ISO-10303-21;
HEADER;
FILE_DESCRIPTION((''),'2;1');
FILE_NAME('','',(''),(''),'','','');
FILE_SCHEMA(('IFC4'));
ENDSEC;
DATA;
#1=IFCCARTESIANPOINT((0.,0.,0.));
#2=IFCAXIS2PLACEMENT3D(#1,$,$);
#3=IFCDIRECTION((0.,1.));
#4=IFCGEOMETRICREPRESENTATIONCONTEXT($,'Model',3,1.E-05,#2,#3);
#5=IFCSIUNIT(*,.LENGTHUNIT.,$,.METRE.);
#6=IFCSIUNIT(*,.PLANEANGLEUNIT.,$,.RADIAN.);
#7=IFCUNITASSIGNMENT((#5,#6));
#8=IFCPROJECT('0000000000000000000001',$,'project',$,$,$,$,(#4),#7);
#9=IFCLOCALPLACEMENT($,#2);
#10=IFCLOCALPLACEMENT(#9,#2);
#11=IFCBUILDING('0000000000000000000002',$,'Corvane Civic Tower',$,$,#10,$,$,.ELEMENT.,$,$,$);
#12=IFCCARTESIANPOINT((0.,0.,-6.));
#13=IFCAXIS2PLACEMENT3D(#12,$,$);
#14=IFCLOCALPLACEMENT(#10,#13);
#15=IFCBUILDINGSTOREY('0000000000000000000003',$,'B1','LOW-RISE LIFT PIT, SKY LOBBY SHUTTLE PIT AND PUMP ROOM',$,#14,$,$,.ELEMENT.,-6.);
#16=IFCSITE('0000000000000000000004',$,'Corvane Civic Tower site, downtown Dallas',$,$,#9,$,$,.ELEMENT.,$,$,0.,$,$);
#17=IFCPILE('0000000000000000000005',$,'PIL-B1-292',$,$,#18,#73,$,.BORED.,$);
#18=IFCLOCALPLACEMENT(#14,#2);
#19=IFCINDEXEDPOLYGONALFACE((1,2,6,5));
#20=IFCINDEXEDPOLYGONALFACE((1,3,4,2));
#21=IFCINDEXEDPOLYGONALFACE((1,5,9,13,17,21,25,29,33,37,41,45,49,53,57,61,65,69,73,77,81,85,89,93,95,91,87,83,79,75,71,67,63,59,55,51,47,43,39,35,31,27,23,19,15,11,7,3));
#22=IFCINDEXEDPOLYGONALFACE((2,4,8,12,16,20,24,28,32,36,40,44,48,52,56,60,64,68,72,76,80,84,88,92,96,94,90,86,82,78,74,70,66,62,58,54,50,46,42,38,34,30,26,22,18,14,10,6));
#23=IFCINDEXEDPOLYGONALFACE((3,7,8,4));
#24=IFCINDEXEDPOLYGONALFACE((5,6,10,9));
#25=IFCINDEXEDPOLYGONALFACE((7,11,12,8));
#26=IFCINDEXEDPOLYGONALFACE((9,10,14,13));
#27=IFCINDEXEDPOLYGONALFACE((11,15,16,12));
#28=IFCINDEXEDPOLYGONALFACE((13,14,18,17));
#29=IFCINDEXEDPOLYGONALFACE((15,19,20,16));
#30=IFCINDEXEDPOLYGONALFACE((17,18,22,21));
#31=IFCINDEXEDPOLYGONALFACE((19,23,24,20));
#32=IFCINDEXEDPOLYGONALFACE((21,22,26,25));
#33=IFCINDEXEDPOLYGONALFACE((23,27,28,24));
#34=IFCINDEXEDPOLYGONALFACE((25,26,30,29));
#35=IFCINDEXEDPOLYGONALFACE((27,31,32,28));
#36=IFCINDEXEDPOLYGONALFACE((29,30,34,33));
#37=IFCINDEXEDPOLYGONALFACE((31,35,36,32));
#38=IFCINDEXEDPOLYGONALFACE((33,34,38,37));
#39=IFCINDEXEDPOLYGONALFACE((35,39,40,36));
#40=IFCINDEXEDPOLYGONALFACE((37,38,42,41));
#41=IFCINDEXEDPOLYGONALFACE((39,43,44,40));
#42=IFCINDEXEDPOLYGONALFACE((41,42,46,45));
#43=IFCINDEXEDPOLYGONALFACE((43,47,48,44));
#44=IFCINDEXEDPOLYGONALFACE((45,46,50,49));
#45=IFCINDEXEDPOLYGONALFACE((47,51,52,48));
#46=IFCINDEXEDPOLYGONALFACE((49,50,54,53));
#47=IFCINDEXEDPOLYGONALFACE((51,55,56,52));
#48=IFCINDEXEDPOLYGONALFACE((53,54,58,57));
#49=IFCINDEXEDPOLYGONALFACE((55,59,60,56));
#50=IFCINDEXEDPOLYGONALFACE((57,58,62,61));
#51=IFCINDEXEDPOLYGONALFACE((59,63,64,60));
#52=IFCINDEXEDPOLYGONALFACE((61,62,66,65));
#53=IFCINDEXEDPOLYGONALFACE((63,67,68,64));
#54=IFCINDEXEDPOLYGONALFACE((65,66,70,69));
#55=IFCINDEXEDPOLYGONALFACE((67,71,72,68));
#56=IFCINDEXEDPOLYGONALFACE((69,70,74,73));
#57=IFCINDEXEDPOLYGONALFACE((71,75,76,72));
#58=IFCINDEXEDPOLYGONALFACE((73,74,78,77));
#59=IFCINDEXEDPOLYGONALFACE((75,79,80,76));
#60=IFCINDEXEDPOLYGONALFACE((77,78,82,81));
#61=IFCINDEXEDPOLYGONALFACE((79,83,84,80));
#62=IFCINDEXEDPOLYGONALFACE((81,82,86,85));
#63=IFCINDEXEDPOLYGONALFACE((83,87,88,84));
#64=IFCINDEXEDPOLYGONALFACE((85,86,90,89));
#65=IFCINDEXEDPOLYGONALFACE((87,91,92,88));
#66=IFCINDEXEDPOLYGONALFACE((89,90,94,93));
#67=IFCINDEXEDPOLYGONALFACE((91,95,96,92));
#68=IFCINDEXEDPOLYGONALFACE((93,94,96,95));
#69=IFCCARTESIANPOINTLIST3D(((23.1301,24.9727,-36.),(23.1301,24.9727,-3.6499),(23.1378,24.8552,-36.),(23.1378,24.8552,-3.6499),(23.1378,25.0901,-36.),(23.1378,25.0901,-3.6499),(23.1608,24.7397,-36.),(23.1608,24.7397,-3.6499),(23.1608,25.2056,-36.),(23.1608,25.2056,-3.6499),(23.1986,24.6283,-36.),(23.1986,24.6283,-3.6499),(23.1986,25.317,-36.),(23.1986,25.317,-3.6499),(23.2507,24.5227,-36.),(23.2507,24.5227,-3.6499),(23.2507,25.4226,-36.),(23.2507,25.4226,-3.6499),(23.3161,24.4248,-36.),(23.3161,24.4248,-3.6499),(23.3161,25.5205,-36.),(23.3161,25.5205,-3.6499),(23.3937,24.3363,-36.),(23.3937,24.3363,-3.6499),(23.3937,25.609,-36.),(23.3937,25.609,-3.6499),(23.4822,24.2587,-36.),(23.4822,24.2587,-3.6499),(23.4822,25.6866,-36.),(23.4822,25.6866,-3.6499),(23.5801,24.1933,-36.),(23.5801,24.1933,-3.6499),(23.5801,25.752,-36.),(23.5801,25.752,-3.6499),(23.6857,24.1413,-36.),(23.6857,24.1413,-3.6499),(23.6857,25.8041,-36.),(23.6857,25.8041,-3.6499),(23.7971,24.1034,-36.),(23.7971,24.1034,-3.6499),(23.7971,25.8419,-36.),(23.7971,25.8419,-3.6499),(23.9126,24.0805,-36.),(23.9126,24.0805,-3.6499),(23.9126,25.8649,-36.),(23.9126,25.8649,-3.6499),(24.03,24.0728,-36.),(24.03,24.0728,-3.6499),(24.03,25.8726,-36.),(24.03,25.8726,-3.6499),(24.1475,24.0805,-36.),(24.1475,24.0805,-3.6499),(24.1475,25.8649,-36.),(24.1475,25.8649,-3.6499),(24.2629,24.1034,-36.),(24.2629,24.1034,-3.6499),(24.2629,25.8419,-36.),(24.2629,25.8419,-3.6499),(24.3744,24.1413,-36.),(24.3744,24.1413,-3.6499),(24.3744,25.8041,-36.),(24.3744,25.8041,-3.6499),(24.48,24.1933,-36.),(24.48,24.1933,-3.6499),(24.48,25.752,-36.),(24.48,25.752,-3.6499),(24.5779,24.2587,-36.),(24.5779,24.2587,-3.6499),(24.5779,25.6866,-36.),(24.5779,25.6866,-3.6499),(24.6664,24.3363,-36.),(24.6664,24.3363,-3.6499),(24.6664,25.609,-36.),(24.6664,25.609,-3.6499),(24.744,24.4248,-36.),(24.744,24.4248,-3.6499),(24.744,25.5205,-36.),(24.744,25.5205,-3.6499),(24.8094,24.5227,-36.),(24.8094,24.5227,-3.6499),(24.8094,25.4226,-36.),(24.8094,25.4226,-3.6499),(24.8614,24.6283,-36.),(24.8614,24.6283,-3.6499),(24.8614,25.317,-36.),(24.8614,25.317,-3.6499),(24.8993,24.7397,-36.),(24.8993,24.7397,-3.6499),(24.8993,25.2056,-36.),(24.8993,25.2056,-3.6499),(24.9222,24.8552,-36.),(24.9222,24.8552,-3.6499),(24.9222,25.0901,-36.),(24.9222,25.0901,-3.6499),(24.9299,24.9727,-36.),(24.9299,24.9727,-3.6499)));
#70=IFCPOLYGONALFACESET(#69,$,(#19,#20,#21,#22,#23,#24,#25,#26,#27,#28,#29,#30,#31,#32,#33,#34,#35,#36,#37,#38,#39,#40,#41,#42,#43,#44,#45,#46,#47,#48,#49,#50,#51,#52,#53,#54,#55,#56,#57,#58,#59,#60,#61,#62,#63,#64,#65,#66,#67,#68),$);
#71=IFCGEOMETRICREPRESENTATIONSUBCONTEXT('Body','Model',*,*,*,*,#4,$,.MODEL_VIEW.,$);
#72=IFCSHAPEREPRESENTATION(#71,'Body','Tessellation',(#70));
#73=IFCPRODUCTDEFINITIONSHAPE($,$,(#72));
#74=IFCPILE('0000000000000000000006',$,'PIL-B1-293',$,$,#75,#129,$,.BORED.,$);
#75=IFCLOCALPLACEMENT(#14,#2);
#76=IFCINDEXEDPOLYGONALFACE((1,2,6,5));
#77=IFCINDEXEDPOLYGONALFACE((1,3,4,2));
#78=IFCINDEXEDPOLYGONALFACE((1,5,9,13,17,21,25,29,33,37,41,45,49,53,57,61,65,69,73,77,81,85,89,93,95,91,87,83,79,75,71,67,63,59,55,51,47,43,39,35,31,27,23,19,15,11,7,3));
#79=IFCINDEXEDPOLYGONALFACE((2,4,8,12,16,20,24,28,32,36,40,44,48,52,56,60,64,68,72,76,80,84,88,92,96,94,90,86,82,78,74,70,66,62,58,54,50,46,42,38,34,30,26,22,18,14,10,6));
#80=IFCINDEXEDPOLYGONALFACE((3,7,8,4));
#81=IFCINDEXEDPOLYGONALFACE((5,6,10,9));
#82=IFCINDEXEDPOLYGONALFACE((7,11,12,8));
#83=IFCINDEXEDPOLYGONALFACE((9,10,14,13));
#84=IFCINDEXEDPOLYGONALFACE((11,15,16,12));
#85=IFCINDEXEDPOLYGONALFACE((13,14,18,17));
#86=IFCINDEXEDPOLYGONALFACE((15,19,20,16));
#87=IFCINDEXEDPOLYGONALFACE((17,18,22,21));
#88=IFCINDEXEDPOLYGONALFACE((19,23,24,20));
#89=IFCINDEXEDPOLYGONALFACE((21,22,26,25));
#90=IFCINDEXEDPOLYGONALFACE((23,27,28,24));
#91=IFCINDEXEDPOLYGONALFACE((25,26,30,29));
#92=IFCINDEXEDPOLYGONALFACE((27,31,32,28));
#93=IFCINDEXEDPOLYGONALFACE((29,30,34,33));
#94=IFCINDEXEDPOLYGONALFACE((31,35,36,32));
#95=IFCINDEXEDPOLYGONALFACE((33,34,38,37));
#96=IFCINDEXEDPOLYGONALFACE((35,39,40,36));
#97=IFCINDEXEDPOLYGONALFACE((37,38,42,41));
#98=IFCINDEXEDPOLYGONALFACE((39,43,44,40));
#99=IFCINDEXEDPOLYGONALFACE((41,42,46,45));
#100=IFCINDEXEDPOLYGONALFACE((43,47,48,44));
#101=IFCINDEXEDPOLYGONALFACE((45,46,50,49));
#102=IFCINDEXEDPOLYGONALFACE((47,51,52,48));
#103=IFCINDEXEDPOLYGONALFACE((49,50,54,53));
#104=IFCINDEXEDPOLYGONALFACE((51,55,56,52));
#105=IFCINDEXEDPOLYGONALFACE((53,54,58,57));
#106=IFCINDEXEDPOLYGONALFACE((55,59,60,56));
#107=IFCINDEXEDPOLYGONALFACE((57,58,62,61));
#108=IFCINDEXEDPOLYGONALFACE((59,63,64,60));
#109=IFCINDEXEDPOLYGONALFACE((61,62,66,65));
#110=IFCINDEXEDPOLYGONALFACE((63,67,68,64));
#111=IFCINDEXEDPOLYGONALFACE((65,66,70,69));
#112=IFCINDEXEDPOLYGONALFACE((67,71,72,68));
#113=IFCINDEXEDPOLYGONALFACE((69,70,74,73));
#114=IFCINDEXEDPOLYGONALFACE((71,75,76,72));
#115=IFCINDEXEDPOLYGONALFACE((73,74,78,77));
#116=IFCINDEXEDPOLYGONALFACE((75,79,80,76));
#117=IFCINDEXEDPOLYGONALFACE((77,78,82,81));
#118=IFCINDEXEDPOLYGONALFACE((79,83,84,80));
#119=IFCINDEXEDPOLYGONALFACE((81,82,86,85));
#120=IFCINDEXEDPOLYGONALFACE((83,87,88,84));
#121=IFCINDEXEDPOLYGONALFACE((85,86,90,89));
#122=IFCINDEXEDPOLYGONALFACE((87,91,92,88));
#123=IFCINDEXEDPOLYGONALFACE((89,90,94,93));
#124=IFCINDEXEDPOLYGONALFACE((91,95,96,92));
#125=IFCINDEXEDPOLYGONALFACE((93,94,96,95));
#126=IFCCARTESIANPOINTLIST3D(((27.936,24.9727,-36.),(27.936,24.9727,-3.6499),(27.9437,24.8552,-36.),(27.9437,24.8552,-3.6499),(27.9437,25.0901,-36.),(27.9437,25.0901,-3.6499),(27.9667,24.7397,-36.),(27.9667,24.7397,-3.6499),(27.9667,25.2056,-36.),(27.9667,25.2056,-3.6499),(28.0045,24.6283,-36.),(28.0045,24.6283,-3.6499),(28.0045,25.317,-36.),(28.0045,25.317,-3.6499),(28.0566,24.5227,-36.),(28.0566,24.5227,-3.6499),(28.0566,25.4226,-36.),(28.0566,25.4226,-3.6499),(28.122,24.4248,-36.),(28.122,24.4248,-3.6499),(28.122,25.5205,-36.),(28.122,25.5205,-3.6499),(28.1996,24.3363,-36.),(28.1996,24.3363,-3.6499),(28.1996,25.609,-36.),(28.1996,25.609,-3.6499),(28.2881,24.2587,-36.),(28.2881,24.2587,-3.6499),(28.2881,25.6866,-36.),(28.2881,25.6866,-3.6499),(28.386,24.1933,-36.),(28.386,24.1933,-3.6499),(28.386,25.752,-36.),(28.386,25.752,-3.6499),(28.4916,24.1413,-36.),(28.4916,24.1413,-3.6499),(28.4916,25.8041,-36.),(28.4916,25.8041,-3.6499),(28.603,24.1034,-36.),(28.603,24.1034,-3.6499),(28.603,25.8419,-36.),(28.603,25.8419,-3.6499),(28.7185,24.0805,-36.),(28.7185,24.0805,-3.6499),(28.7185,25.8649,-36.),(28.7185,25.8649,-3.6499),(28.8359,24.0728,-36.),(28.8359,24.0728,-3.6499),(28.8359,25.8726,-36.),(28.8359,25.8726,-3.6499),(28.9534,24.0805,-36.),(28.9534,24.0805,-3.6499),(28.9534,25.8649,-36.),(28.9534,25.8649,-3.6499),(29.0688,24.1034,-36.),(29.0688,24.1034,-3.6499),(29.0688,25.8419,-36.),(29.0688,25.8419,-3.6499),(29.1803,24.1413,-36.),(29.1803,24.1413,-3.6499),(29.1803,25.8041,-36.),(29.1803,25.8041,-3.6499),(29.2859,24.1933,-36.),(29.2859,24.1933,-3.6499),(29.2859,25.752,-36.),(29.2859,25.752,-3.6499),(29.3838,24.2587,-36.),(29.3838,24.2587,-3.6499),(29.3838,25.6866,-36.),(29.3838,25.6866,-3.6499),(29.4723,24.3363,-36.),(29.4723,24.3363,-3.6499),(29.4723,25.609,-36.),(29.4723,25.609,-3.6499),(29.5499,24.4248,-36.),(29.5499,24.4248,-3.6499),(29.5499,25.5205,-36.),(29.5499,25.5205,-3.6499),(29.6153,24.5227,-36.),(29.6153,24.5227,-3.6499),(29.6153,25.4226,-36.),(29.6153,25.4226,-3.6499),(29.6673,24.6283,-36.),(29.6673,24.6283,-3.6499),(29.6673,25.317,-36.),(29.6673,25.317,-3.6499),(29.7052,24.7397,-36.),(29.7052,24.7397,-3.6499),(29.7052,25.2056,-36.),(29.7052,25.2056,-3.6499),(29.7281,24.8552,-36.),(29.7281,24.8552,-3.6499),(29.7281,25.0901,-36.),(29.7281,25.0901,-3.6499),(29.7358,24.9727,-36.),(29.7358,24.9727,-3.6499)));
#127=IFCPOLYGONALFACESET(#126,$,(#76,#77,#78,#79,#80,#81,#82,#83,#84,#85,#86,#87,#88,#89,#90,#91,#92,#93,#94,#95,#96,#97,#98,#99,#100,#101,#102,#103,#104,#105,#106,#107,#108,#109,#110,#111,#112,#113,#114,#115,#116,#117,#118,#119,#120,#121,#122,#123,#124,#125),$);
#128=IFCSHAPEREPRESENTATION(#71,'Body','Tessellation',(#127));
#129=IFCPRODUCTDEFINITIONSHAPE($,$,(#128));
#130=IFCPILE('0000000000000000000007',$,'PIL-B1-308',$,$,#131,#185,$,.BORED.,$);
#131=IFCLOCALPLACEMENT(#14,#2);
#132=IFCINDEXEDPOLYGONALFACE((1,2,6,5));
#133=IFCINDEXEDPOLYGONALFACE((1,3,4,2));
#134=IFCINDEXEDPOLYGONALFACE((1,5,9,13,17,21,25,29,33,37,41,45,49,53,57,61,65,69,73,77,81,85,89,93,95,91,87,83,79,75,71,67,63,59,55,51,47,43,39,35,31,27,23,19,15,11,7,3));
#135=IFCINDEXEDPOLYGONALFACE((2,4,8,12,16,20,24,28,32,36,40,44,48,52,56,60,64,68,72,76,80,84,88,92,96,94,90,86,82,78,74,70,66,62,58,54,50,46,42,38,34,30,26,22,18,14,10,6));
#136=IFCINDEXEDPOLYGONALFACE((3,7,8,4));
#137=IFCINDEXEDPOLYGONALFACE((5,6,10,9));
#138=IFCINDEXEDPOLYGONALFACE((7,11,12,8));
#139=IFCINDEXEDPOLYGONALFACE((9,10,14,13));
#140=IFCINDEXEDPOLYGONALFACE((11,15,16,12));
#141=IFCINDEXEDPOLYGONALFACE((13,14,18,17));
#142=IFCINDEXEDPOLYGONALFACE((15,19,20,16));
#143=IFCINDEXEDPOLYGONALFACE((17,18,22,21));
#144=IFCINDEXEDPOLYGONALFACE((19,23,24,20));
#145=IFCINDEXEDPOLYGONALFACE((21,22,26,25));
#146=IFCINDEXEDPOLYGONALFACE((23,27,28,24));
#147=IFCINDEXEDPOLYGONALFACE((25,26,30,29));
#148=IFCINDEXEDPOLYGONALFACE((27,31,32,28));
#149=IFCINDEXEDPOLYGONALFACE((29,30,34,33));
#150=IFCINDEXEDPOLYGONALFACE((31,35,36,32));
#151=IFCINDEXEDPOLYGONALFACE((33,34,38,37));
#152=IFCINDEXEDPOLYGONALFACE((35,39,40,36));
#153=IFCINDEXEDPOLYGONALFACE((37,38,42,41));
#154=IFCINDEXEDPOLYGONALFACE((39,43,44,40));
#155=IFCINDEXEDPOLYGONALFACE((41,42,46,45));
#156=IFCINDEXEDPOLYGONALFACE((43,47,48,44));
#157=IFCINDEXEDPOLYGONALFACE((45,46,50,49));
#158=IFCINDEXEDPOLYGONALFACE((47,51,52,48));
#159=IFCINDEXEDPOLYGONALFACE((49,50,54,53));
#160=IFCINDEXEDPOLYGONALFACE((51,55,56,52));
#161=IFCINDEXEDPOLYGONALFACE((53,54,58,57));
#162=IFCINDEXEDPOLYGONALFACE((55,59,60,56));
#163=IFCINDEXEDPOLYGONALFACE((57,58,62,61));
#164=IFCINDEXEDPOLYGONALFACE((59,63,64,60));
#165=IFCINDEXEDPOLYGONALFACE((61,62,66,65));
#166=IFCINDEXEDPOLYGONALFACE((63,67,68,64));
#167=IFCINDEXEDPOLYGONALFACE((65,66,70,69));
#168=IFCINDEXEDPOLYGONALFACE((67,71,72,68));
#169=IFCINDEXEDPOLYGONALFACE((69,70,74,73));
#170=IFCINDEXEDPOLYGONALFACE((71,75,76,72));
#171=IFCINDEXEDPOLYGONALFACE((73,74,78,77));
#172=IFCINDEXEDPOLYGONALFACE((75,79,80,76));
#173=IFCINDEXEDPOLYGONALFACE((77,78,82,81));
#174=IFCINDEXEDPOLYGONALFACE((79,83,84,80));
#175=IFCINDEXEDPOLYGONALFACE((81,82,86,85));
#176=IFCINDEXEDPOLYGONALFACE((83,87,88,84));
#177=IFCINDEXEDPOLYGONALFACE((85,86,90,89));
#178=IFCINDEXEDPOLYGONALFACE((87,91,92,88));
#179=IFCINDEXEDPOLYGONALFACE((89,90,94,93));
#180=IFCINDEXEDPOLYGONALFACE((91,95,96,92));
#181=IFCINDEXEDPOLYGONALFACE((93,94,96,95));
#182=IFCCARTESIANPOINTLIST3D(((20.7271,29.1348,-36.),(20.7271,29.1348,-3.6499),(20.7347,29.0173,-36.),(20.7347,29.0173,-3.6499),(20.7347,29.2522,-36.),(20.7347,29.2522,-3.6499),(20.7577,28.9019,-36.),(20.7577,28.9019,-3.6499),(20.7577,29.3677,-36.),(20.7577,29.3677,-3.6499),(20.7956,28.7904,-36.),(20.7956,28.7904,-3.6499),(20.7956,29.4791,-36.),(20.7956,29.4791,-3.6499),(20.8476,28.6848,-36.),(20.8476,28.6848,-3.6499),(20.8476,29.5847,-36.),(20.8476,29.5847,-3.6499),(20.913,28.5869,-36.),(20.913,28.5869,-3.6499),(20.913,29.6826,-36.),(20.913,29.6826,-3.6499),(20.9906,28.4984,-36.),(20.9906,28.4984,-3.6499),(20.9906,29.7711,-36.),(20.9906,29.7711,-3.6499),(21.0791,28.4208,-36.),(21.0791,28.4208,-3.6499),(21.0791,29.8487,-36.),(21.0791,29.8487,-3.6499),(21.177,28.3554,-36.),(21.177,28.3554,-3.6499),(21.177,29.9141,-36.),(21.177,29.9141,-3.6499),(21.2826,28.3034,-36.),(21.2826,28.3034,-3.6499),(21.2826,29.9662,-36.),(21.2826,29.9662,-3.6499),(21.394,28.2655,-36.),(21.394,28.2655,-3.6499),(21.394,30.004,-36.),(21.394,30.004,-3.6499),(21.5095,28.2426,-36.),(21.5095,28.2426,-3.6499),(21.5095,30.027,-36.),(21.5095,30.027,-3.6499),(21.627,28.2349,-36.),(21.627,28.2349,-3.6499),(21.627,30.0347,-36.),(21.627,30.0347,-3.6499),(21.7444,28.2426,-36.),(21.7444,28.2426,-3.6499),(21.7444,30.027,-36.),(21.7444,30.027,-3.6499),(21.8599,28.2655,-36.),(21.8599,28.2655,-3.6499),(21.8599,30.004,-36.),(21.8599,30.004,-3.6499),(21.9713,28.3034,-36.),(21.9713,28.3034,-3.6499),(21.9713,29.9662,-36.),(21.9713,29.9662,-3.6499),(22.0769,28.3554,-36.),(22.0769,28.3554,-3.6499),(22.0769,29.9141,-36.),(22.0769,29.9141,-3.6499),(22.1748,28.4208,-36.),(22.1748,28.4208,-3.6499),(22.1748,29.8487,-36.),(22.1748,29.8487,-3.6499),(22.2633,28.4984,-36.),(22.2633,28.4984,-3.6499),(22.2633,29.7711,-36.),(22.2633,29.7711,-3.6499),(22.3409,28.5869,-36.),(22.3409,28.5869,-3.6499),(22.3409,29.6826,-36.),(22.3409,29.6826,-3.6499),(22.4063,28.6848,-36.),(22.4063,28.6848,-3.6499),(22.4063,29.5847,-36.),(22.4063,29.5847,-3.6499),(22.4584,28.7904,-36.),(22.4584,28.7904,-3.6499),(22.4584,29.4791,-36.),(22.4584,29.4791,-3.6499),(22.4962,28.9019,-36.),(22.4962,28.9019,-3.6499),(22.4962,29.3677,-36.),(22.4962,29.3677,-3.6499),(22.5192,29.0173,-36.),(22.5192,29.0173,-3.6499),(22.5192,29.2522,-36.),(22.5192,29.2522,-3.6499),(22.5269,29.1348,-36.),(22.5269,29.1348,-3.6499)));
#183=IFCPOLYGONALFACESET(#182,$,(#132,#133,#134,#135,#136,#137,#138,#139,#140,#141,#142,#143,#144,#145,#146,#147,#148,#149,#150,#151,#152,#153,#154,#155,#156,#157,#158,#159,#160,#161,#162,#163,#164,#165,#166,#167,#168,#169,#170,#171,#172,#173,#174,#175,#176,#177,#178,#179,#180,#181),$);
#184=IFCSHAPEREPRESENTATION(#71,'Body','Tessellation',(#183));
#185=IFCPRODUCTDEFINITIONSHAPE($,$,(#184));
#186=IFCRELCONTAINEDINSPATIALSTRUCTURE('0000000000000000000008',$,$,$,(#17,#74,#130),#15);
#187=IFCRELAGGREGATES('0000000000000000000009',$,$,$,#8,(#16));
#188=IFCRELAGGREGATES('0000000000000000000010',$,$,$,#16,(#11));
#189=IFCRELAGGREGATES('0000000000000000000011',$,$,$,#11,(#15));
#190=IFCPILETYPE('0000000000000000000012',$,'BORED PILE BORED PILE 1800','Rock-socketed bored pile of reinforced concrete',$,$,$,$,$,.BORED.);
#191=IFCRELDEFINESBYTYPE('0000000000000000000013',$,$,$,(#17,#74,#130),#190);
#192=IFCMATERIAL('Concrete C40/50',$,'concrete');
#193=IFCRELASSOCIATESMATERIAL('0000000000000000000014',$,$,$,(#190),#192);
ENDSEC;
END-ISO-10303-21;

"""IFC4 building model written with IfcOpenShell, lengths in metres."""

from ifc_helpers import new_model, si_unit, direction, frame, origin, origin_2d, place, context, subcontext, project, spatial, circle, extrude, material, material_profile, profile_set, type_object, element, save


model = new_model("IFC4")

# Units and contexts
model_context = context("Model", 3, precision=1e-05, world=origin(), true_north=direction((0.0, 1.0)))
body_context = subcontext(model_context, "Body", "Model", "MODEL_VIEW")
ifc_project = project(units=[si_unit("LENGTHUNIT", "METRE"), si_unit("PLANEANGLEUNIT", "RADIAN")], contexts=[model_context])

# Site, building, storey
site_placement = place(None, origin())
site = spatial("IfcSite", under=ifc_project, at=site_placement, Name="Corvane Civic Tower site, downtown Dallas", CompositionType="ELEMENT", RefElevation=0.0)
building_placement = place(site_placement, origin())
building = spatial("IfcBuilding", under=site, at=building_placement, Name="Corvane Civic Tower", CompositionType="ELEMENT")
storey_placement = place(building_placement, frame((0.0, 0.0, -6.0)))
storey = spatial("IfcBuildingStorey", under=building, at=storey_placement, Name="B1", Description="LOW-RISE LIFT PIT, SKY LOBBY SHUTTLE PIT AND PUMP ROOM", CompositionType="ELEMENT", Elevation=-6.0)

# Piles
ifc_material_1 = material(Name="Concrete C40/50", Category="concrete")
ifc_material_profile_1 = material_profile(ifc_material_1, circle(Radius=0.8999, at=origin_2d()), Name="BORED PILE 1800")
ifc_profile_set_1 = profile_set([ifc_material_profile_1], Name="Concrete C40/50")
pile_type_1 = type_object("IfcPileType", Name="BORED PILE BORED PILE 1800", Description="Rock-socketed bored pile of reinforced concrete", PredefinedType="BORED", material=ifc_profile_set_1)
for number, where, z_axis, x_axis, name in (
    (1, (24.03, 24.9727, -3.6499), (0.0, 0.0, -1.0), (1.0, 0.0, 0.0), "PIL-B1-292"),
    (2, (28.8359, 24.9727, -3.6499), (0.0, 0.0, -1.0), (1.0, 0.0, 0.0), "PIL-B1-293"),
    (3, (21.627, 29.1348, -3.6499), (0.0, 0.0, -1.0), (1.0, 0.0, 0.0), "PIL-B1-308"),
):
    element("IfcPile", number, at=place(storey_placement, frame(where, z_axis=z_axis, x_axis=x_axis)), inside=storey, type_object=pile_type_1, Name=name, PredefinedType="BORED", context=body_context, shape_type="SweptSolid", body=[
        extrude(circle(Radius=0.8999, at=origin_2d()), origin(), (0.0, 0.0, 1.0), 32.3501),
    ])

save(model, "model.ifc")
